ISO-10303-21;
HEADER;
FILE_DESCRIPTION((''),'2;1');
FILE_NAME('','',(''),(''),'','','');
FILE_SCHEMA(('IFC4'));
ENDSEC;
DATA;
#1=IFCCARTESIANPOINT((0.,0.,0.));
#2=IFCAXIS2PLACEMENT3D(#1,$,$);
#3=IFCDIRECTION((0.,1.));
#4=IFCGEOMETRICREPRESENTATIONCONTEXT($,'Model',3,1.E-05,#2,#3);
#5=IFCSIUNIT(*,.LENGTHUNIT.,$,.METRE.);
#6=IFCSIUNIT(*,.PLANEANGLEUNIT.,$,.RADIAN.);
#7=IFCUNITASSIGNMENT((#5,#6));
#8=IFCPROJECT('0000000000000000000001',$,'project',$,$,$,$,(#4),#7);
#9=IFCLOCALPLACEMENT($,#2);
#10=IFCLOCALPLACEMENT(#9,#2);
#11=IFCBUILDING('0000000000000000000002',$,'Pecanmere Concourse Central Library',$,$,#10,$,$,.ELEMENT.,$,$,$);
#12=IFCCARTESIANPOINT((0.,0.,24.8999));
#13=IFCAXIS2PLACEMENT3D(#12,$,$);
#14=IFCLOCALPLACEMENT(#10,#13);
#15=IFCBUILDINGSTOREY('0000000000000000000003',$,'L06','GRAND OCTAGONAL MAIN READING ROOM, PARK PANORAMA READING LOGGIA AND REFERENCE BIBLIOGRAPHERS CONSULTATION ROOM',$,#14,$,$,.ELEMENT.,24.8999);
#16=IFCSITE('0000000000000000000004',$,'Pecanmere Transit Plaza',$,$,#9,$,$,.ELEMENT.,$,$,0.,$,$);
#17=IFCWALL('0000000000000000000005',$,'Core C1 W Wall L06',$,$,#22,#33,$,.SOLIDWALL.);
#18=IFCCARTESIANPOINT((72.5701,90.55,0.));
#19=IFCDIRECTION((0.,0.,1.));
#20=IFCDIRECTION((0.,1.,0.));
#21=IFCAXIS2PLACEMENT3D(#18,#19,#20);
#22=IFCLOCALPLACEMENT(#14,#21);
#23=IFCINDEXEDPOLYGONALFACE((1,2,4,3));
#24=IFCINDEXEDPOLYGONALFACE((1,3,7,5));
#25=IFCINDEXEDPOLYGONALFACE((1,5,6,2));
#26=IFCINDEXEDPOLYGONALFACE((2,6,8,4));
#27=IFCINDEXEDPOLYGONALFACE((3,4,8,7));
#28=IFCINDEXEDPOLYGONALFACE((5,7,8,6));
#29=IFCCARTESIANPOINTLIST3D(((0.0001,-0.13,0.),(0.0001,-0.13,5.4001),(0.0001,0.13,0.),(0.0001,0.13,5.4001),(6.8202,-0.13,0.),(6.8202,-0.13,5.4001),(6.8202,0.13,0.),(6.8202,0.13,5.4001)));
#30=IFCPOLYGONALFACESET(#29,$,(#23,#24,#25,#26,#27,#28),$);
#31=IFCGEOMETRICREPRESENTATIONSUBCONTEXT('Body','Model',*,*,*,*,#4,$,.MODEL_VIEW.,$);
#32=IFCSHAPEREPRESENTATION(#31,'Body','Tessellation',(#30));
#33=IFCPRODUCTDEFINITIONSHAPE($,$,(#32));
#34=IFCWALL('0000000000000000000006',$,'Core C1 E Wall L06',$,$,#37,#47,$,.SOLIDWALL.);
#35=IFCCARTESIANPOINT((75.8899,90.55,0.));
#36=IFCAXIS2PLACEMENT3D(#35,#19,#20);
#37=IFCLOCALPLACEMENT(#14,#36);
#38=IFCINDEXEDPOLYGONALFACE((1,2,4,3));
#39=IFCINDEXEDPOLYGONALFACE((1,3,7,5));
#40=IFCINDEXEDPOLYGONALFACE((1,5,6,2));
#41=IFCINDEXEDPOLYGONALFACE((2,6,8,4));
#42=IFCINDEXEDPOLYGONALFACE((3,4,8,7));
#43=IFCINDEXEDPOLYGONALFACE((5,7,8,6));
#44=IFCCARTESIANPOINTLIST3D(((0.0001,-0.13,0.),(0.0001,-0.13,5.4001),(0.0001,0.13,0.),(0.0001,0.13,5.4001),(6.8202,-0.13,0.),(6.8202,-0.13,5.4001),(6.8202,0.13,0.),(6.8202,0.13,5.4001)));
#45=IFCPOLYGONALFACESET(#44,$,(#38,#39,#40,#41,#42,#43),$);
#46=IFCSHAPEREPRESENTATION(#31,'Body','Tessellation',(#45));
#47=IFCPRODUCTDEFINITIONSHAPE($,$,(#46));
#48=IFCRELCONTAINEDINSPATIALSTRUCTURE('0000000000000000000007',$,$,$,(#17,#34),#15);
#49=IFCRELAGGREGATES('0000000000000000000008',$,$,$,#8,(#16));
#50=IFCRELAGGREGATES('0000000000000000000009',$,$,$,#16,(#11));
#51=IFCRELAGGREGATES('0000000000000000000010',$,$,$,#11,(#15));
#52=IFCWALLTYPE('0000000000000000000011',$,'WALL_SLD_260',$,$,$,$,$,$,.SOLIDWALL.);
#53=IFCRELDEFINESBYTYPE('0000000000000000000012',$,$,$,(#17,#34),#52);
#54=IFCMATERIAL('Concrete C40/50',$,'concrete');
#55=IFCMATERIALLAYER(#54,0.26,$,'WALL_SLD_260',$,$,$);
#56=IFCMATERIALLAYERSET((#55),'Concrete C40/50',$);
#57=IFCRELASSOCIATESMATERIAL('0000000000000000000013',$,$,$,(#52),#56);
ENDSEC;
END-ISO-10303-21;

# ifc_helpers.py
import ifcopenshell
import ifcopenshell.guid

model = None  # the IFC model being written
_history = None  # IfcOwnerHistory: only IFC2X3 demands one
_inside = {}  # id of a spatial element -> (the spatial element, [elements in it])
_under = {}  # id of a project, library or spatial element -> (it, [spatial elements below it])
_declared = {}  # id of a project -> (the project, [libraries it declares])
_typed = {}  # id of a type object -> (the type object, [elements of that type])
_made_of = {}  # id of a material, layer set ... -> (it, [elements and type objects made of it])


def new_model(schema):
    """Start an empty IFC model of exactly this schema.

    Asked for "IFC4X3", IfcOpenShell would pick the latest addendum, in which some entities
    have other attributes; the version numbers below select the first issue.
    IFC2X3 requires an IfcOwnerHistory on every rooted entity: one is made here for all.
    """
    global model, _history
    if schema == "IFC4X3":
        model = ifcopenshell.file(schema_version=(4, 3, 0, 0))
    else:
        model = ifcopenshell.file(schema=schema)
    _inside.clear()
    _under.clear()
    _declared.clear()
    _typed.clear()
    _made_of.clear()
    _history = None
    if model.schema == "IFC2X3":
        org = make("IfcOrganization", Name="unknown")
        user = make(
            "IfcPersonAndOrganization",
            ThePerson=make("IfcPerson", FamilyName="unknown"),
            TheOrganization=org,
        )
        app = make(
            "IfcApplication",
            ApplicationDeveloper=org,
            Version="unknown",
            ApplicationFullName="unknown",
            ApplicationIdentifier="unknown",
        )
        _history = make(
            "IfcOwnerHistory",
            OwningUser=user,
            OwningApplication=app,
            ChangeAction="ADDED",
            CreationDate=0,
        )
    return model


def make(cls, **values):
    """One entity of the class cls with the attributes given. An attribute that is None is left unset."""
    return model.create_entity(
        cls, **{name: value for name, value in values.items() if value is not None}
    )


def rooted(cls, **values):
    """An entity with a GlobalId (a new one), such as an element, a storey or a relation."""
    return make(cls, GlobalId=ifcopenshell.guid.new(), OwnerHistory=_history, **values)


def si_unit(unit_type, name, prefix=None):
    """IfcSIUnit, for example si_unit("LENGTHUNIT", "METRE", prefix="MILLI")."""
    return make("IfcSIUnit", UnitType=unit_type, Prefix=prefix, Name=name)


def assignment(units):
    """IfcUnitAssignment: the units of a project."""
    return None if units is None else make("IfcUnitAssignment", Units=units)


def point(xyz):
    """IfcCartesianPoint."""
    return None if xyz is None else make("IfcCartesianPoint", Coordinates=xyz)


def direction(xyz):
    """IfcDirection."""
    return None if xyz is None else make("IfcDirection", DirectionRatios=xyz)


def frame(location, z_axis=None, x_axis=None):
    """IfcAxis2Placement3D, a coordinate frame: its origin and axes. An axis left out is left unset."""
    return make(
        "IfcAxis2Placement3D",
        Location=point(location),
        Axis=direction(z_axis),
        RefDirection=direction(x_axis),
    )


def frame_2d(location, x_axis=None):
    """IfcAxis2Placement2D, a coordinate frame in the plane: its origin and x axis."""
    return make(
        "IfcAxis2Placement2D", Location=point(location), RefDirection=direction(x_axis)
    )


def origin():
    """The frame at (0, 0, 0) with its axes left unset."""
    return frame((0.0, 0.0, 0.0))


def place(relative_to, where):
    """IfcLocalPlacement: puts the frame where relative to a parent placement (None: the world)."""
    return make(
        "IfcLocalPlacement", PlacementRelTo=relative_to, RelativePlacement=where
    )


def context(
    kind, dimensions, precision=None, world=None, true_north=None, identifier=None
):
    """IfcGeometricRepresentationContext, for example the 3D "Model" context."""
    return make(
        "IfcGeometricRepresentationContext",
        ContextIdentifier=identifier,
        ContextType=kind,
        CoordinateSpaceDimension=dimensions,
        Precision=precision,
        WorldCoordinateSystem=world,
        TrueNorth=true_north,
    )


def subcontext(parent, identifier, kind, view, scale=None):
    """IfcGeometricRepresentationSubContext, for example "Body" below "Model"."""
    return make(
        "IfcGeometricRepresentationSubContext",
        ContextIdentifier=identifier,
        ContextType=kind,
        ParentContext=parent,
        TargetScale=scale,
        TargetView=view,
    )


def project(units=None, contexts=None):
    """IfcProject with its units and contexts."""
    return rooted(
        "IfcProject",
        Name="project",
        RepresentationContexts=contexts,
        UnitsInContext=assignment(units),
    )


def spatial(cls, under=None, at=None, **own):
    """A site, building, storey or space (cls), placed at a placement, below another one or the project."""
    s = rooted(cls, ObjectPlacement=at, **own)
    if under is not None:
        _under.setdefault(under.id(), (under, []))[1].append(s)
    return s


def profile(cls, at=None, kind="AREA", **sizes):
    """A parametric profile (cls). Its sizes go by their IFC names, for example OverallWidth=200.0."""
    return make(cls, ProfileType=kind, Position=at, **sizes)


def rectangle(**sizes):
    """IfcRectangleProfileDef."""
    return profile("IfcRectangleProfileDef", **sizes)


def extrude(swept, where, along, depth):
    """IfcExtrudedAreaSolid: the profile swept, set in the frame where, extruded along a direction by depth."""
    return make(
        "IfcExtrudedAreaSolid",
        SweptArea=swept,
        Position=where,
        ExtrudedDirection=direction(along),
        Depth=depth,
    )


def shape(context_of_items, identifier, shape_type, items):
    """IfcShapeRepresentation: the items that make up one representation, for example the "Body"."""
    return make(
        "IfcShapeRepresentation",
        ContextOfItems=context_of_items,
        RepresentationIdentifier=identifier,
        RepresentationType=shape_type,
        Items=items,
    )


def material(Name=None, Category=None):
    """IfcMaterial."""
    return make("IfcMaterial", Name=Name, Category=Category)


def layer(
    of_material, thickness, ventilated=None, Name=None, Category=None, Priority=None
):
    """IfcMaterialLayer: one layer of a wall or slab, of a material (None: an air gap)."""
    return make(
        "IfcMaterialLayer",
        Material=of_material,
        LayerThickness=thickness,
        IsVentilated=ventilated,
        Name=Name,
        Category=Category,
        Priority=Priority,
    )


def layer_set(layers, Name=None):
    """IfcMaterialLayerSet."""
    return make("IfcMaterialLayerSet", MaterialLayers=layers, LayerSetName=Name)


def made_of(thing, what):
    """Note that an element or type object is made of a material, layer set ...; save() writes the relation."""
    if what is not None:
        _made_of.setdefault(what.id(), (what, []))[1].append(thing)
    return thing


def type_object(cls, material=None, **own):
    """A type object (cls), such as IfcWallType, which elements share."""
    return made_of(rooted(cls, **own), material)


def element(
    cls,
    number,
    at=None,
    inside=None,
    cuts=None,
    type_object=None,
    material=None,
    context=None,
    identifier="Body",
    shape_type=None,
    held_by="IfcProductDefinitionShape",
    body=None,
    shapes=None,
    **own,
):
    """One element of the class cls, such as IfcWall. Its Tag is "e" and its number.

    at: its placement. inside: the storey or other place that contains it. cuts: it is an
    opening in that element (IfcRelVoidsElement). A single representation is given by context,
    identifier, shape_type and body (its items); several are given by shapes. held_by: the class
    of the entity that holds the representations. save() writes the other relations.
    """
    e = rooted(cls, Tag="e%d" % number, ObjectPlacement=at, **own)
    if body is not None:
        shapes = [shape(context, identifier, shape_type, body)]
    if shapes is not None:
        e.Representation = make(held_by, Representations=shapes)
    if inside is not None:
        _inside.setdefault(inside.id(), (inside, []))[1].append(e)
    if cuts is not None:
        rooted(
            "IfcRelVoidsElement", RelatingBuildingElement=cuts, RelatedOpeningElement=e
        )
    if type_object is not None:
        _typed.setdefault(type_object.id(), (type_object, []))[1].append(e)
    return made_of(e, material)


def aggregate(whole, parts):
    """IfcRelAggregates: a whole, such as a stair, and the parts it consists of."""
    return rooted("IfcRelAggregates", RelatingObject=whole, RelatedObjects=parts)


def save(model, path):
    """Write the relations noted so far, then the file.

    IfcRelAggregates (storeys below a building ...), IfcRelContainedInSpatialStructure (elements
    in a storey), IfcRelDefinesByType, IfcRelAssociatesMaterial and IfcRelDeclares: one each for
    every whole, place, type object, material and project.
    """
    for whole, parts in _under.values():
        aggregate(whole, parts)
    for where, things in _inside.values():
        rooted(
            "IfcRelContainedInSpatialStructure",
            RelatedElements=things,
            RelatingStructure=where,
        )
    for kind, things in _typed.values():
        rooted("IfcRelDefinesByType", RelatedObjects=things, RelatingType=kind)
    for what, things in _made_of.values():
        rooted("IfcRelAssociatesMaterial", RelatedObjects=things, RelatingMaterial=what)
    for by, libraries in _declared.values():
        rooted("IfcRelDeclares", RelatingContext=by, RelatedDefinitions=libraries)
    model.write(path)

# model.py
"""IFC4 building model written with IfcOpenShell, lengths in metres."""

from ifc_helpers import new_model, si_unit, direction, frame, frame_2d, origin, place, context, subcontext, project, spatial, rectangle, extrude, material, layer, layer_set, type_object, element, save


model = new_model("IFC4")

# Units and contexts
model_context = context("Model", 3, precision=1e-05, world=origin(), true_north=direction((0.0, 1.0)))
body_context = subcontext(model_context, "Body", "Model", "MODEL_VIEW")
ifc_project = project(units=[si_unit("LENGTHUNIT", "METRE"), si_unit("PLANEANGLEUNIT", "RADIAN")], contexts=[model_context])

# Site, building, storey
site_placement = place(None, origin())
site = spatial("IfcSite", under=ifc_project, at=site_placement, Name="Pecanmere Transit Plaza", CompositionType="ELEMENT", RefElevation=0.0)
building_placement = place(site_placement, origin())
building = spatial("IfcBuilding", under=site, at=building_placement, Name="Pecanmere Concourse Central Library", CompositionType="ELEMENT")
storey_placement = place(building_placement, frame((0.0, 0.0, 24.8999)))
storey = spatial("IfcBuildingStorey", under=building, at=storey_placement, Name="L06", Description="GRAND OCTAGONAL MAIN READING ROOM, PARK PANORAMA READING LOGGIA AND REFERENCE BIBLIOGRAPHERS CONSULTATION ROOM", CompositionType="ELEMENT", Elevation=24.8999)

# Shared definitions
ifc_material_1 = material(Name="Concrete C40/50", Category="concrete")
ifc_layer_1 = layer(ifc_material_1, 0.26, Name="WALL_SLD_260")
ifc_layer_set_1 = layer_set([ifc_layer_1], Name="Concrete C40/50")
wall_type_1 = type_object("IfcWallType", Name="WALL_SLD_260", PredefinedType="SOLIDWALL", material=ifc_layer_set_1)

# Walls
for number, where, z_axis, x_axis, name in (
    (1, (72.5701, 90.55, 0.0), (0.0, 0.0, 1.0), (0.0, 1.0, 0.0), "Core C1 W Wall L06"),
    (2, (75.8899, 90.55, 0.0), (0.0, 0.0, 1.0), (0.0, 1.0, 0.0), "Core C1 E Wall L06"),
):
    element("IfcWall", number, at=place(storey_placement, frame(where, z_axis=z_axis, x_axis=x_axis)), inside=storey, type_object=wall_type_1, Name=name, PredefinedType="SOLIDWALL", context=body_context, shape_type="SweptSolid", body=[
        extrude(rectangle(XDim=6.8201, YDim=0.26, at=frame_2d((3.4102, 0.0))), origin(), (0.0, 0.0, 1.0), 5.4001),
    ])

save(model, "model.ifc")
